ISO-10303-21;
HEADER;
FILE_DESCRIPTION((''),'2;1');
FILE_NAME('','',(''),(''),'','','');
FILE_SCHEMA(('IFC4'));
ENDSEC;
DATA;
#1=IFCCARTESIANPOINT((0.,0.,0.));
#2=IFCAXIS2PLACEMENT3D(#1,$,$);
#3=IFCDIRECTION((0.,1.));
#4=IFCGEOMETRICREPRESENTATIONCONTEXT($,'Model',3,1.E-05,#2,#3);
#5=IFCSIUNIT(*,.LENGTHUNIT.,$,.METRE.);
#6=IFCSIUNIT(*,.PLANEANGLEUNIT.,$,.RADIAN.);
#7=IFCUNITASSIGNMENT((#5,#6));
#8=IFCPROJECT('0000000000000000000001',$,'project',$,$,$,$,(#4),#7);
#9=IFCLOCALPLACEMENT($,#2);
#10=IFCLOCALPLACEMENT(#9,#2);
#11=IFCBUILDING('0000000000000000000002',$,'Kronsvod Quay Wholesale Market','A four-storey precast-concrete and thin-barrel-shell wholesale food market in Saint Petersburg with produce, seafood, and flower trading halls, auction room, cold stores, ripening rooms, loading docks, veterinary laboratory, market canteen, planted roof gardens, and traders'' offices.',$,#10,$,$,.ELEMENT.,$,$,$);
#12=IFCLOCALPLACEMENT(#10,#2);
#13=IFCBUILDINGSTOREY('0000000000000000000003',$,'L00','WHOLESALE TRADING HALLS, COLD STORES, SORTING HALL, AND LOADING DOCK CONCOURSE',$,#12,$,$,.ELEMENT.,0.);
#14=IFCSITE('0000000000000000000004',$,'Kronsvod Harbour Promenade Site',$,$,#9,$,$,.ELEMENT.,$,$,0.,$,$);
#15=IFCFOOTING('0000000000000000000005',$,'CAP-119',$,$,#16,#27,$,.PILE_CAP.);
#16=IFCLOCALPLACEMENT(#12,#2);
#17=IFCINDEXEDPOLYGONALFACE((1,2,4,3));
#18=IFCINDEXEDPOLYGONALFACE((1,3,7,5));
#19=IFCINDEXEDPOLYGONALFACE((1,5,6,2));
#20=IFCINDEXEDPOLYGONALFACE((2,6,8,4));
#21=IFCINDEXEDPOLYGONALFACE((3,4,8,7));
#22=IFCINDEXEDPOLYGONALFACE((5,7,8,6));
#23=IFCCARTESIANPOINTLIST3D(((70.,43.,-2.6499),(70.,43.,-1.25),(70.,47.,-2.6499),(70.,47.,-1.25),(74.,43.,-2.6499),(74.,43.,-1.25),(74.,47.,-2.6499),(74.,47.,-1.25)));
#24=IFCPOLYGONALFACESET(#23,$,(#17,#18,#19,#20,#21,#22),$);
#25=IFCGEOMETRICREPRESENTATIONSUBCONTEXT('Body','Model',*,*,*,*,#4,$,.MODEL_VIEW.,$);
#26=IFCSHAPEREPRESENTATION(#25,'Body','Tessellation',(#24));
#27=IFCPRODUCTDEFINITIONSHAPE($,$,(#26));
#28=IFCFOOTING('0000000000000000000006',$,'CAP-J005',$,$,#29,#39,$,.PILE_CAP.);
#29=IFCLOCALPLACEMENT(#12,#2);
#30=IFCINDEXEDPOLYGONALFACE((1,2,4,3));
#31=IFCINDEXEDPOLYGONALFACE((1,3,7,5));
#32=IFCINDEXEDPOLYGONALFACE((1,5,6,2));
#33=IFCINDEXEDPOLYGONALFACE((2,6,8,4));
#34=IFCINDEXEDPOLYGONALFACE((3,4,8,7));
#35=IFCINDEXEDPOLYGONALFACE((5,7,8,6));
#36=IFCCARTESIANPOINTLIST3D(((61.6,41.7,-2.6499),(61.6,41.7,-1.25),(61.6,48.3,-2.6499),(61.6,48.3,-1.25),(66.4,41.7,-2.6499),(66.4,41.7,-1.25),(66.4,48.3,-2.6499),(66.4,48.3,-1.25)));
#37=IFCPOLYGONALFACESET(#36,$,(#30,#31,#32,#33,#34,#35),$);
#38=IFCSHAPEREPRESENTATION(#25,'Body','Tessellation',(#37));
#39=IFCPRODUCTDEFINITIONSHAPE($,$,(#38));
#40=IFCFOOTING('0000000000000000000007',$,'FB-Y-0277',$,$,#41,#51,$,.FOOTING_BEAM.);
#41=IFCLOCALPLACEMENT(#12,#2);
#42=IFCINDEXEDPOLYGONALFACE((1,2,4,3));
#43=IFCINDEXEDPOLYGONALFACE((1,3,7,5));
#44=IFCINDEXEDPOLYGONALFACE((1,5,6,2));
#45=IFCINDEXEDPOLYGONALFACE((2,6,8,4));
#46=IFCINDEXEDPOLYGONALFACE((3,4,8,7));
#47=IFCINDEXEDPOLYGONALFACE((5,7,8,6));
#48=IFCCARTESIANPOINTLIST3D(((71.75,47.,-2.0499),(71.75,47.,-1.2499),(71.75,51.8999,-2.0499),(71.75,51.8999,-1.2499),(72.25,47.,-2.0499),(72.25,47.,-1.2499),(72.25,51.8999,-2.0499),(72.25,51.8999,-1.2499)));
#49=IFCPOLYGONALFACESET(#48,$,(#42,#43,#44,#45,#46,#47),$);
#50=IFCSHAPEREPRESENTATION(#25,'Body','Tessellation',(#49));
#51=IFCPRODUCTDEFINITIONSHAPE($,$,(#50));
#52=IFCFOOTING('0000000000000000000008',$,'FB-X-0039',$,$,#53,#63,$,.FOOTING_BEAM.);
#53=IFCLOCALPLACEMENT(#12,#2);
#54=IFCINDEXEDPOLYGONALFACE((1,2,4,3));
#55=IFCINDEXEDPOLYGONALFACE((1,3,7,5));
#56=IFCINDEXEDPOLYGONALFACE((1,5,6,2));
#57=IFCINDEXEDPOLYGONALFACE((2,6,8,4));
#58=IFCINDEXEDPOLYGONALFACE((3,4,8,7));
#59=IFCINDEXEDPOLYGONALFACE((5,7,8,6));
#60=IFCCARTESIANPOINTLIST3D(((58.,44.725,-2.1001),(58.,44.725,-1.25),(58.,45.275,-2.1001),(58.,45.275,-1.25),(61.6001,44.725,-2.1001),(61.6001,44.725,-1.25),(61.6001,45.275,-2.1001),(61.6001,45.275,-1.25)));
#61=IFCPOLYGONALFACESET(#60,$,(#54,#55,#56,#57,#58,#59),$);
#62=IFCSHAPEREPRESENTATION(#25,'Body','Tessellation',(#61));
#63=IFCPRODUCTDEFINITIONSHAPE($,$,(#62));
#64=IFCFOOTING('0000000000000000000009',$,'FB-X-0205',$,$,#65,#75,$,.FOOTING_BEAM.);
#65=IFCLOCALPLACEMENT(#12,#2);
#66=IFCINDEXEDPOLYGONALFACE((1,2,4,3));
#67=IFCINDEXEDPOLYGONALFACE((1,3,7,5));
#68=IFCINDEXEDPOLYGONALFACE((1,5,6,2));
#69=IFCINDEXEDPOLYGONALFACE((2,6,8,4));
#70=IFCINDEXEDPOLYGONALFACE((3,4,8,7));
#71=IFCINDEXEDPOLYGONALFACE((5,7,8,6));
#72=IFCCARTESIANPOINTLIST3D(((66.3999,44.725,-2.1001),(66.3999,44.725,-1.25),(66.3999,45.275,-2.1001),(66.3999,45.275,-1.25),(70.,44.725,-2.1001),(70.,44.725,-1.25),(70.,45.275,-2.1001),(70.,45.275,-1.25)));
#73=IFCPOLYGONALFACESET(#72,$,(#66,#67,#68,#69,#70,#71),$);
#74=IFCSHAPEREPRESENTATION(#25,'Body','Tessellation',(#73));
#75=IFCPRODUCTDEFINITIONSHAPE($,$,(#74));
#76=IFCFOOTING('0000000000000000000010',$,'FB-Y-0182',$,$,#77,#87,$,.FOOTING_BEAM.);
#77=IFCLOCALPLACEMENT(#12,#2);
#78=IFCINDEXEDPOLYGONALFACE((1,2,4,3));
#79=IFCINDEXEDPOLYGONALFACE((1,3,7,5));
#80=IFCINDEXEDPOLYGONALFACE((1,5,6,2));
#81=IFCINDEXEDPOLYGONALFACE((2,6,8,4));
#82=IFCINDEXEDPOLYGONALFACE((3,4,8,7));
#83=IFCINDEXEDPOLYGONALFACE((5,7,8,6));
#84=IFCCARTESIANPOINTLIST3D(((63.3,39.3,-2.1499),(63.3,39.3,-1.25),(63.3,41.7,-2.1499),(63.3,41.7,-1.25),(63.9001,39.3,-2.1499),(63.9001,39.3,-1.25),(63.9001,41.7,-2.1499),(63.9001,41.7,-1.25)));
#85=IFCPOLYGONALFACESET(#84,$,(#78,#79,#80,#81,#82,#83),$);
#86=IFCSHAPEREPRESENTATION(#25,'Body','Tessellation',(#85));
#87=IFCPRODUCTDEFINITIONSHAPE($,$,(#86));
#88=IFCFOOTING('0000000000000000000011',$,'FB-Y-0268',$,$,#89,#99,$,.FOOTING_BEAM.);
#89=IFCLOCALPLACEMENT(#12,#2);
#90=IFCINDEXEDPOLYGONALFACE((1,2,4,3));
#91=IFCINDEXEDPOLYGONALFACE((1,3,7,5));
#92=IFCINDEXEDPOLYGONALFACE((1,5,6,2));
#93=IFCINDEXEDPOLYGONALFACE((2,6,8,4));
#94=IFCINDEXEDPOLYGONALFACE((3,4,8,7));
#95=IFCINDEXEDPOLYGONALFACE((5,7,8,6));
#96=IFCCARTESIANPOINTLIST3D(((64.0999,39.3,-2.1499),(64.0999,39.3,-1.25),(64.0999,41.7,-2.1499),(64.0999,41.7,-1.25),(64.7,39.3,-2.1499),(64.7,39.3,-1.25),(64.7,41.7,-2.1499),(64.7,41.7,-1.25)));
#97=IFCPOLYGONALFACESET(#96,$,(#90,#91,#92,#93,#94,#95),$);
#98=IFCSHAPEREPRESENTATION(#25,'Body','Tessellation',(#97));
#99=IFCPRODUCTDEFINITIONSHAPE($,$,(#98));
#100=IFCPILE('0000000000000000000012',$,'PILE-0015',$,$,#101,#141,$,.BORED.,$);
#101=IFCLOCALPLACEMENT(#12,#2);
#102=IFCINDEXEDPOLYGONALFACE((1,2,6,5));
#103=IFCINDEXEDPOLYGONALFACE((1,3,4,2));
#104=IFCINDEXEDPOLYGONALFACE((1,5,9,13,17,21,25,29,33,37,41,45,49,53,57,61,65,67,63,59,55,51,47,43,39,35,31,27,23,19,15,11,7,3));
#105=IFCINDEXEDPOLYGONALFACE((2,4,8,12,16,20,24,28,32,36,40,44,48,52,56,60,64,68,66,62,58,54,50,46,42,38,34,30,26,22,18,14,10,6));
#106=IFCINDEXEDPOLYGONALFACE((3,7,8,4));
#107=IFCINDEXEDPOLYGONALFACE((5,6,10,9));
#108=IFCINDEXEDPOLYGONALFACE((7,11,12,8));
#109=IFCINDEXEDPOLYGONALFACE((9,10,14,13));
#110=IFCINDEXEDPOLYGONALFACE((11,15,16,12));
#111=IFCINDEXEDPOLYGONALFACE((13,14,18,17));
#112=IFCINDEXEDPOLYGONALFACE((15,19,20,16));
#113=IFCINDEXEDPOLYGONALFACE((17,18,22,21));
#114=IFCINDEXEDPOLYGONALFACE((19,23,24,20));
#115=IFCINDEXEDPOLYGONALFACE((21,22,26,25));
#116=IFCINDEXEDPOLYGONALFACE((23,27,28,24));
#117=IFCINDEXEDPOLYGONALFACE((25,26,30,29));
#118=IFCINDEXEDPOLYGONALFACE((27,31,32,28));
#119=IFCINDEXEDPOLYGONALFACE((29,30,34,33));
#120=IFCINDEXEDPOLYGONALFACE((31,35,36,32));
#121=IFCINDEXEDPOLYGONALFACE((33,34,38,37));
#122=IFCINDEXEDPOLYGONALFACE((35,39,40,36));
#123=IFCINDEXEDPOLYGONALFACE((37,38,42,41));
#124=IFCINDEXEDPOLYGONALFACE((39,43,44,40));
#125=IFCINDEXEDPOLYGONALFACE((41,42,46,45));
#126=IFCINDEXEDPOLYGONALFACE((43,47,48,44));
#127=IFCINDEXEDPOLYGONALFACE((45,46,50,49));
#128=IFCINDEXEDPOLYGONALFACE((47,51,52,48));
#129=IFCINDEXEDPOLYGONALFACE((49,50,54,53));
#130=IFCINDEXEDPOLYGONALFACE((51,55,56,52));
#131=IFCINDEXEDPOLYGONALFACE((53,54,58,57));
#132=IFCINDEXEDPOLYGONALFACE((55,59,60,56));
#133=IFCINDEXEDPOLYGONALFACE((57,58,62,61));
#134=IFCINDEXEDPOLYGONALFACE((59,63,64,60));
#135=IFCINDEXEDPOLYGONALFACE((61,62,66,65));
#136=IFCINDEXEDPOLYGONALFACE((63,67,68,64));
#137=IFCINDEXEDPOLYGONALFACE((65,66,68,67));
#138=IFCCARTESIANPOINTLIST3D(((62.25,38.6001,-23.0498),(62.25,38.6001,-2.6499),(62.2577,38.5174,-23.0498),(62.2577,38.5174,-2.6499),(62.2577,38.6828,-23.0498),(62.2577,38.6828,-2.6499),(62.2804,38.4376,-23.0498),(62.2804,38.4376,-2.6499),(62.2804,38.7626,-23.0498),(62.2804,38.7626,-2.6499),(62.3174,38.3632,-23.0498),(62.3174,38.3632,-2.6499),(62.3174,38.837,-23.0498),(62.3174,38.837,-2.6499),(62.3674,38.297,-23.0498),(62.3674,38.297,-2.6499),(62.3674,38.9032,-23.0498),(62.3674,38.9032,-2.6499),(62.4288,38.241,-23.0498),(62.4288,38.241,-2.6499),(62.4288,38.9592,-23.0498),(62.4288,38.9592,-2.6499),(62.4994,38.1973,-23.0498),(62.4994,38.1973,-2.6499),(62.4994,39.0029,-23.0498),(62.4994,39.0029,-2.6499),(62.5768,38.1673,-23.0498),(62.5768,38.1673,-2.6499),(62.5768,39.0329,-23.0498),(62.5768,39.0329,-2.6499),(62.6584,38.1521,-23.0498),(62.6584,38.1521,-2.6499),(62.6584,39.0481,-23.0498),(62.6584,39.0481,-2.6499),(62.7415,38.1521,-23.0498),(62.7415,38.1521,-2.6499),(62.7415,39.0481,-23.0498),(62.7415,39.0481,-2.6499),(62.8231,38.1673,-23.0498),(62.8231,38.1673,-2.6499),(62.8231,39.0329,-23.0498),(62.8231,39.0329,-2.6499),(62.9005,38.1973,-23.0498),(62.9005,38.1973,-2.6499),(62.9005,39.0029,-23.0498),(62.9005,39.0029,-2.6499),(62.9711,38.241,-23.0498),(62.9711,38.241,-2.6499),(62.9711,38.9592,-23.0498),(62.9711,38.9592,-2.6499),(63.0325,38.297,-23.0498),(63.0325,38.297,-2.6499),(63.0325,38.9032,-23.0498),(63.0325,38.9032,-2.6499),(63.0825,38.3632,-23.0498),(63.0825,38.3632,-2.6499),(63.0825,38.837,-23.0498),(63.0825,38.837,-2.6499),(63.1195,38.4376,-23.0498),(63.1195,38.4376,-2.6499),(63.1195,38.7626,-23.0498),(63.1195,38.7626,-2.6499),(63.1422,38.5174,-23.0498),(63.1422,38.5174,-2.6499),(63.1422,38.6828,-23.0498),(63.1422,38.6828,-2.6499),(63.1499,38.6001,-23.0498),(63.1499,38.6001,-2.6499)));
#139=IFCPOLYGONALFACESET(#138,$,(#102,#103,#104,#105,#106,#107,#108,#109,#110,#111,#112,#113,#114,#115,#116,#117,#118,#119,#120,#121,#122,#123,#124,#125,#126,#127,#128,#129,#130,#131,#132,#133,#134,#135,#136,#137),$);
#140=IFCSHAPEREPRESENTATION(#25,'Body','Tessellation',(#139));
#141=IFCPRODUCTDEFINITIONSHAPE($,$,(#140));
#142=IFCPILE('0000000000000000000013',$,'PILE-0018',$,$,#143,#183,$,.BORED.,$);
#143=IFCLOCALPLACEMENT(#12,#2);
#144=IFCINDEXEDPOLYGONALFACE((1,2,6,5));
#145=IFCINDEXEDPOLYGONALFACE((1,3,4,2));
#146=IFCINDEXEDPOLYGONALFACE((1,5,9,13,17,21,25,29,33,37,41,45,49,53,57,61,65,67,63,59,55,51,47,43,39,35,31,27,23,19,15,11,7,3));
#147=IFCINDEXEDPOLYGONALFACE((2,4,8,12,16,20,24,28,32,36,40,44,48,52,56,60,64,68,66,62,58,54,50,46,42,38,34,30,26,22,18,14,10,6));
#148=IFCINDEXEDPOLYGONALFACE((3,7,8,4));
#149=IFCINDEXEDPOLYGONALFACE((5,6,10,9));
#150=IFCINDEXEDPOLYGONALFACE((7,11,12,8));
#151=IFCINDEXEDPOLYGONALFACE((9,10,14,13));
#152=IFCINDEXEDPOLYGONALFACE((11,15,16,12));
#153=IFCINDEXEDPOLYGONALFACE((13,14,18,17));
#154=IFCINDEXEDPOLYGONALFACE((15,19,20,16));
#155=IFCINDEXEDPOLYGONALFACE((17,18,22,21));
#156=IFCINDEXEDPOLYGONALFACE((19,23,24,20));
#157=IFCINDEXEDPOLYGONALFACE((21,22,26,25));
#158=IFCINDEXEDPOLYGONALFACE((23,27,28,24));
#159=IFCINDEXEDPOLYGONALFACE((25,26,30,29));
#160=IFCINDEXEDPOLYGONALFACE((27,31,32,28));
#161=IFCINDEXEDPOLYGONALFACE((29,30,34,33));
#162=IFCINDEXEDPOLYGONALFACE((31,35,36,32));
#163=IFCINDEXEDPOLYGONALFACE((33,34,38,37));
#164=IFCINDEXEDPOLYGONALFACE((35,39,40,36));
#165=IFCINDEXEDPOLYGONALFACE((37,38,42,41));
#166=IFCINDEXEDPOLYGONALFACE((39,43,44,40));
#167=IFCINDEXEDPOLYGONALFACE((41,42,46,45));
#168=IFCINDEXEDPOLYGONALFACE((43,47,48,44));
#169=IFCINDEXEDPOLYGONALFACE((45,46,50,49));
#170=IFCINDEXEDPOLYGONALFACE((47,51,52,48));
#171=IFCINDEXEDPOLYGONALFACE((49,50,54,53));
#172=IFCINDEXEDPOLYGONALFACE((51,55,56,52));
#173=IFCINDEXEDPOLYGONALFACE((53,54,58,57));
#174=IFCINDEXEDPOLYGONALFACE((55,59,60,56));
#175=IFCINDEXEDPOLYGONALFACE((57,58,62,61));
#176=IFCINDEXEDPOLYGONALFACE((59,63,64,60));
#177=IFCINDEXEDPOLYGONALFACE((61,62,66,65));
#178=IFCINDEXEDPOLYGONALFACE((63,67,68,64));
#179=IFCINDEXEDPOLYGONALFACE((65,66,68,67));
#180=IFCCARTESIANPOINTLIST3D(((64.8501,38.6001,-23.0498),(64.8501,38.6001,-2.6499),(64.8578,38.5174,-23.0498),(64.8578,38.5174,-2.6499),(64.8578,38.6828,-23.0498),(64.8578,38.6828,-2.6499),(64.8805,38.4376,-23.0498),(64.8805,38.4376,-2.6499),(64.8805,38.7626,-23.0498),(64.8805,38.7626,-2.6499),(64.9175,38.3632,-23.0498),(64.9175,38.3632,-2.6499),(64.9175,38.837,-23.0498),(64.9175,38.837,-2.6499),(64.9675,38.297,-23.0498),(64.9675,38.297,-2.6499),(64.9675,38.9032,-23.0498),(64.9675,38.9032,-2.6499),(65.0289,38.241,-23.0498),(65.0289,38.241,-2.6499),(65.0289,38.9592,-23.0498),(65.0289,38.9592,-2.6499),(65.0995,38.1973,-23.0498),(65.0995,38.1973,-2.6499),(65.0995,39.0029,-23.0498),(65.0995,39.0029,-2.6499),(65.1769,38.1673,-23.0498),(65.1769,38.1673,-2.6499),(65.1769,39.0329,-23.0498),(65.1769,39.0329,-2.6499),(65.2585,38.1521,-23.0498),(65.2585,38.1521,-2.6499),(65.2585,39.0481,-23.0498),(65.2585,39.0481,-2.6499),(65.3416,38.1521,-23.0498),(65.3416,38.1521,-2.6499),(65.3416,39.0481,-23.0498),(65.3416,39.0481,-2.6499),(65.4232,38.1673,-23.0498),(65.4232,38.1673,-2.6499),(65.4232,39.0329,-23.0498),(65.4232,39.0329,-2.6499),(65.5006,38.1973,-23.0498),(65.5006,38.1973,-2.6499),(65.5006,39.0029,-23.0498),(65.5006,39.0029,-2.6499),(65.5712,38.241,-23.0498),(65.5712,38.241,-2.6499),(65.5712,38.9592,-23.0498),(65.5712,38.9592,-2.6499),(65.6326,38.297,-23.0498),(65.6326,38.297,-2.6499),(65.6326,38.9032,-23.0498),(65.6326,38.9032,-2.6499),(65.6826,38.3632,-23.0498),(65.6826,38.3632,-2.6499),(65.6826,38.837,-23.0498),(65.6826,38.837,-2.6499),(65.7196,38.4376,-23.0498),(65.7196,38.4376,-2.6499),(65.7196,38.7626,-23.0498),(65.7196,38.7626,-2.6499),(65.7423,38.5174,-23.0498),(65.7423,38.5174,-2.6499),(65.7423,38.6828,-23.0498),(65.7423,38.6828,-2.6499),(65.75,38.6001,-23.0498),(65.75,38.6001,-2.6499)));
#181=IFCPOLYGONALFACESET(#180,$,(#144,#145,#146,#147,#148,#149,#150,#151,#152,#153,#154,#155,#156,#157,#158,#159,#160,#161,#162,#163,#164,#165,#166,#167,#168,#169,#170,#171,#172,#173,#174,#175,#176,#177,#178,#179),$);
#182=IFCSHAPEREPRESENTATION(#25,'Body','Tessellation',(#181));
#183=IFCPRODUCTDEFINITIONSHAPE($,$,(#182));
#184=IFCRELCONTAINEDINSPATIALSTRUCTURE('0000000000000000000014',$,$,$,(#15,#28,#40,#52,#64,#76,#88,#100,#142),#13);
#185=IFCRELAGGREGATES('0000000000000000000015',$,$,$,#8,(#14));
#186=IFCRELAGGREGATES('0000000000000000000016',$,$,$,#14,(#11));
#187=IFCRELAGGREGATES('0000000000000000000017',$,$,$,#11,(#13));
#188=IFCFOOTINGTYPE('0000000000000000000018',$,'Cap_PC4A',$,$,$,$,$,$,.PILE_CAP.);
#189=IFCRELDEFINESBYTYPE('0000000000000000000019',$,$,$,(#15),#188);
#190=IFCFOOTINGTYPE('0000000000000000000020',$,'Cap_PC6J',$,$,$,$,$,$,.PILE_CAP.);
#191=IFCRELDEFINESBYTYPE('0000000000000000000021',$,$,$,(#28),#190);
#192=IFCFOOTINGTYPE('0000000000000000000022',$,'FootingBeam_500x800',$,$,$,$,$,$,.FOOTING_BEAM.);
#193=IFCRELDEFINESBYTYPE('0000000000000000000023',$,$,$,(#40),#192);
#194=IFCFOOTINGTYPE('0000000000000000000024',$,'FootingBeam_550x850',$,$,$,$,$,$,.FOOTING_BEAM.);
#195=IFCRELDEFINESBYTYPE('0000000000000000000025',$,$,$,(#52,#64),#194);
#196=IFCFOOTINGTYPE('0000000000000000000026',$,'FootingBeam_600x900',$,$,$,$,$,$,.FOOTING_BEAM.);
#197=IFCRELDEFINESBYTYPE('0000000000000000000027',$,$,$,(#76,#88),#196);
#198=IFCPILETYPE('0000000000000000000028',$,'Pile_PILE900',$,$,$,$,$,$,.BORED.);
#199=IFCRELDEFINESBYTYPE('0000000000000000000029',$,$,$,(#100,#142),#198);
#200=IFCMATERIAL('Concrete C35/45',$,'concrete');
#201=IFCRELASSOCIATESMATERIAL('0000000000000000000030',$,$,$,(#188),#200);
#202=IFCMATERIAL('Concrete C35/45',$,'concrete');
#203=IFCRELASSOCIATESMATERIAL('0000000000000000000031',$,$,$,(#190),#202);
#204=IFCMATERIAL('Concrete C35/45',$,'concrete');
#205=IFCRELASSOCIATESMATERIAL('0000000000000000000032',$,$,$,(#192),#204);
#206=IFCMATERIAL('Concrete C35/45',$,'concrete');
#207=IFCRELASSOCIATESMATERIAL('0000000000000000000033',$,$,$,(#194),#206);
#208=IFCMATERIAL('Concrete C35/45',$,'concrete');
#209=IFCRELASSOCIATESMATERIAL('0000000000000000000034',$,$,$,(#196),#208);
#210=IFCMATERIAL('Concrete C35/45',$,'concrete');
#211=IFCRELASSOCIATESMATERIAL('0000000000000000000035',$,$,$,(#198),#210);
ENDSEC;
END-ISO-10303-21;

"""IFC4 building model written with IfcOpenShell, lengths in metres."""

from ifc_helpers import new_model, si_unit, direction, frame, origin, origin_2d, place, context, subcontext, project, spatial, rectangle, circle, extrude, material, material_profile, profile_set, type_object, element, save


model = new_model("IFC4")

# Units and contexts
model_context = context("Model", 3, precision=1e-05, world=origin(), true_north=direction((0.0, 1.0)))
body_context = subcontext(model_context, "Body", "Model", "MODEL_VIEW")
ifc_project = project(units=[si_unit("LENGTHUNIT", "METRE"), si_unit("PLANEANGLEUNIT", "RADIAN")], contexts=[model_context])

# Site, building, storey
site_placement = place(None, origin())
site = spatial("IfcSite", under=ifc_project, at=site_placement, Name="Kronsvod Harbour Promenade Site", CompositionType="ELEMENT", RefElevation=0.0)
building_placement = place(site_placement, origin())
building = spatial("IfcBuilding", under=site, at=building_placement, Name="Kronsvod Quay Wholesale Market", Description="A four-storey precast-concrete and thin-barrel-shell wholesale food market in Saint Petersburg with produce, seafood, and flower trading halls, auction room, cold stores, ripening rooms, loading docks, veterinary laboratory, market canteen, planted roof gardens, and traders' offices.", CompositionType="ELEMENT")
storey_placement = place(building_placement, origin())
storey = spatial("IfcBuildingStorey", under=building, at=storey_placement, Name="L00", Description="WHOLESALE TRADING HALLS, COLD STORES, SORTING HALL, AND LOADING DOCK CONCOURSE", CompositionType="ELEMENT", Elevation=0.0)

# Footings
ifc_material_1 = material(Name="Concrete C35/45", Category="concrete")
footing_type_1 = type_object("IfcFootingType", Name="Cap_PC4A", PredefinedType="PILE_CAP", material=ifc_material_1)
footing_1_placement = place(storey_placement, frame((72.0, 45.0, -2.6499), z_axis=(0.0, 0.0, 1.0), x_axis=(1.0, 0.0, 0.0)))
element("IfcFooting", 1, at=footing_1_placement, inside=storey, type_object=footing_type_1, Name="CAP-119", PredefinedType="PILE_CAP", context=body_context, shape_type="SweptSolid", body=[
    extrude(rectangle(XDim=4.0, YDim=4.0, at=origin_2d()), origin(), (0.0, 0.0, 1.0), 1.3999),
])
ifc_material_2 = material(Name="Concrete C35/45", Category="concrete")
footing_type_2 = type_object("IfcFootingType", Name="Cap_PC6J", PredefinedType="PILE_CAP", material=ifc_material_2)
footing_2_placement = place(storey_placement, frame((64.0, 45.0, -2.6499), z_axis=(0.0, 0.0, 1.0), x_axis=(1.0, 0.0, 0.0)))
element("IfcFooting", 2, at=footing_2_placement, inside=storey, type_object=footing_type_2, Name="CAP-J005", PredefinedType="PILE_CAP", context=body_context, shape_type="SweptSolid", body=[
    extrude(rectangle(XDim=4.8, YDim=6.6001, at=origin_2d()), origin(), (0.0, 0.0, 1.0), 1.3999),
])
ifc_material_3 = material(Name="Concrete C35/45", Category="concrete")
ifc_material_profile_1 = material_profile(ifc_material_3, rectangle(XDim=0.5, YDim=0.8, at=origin_2d()), Name="FB-01")
ifc_profile_set_1 = profile_set([ifc_material_profile_1], Name="Concrete C35/45")
footing_type_3 = type_object("IfcFootingType", Name="FootingBeam_500x800", PredefinedType="FOOTING_BEAM", material=ifc_profile_set_1)
footing_3_placement = place(storey_placement, frame((72.0, 47.0, -1.6499), z_axis=(0.0, 1.0, 0.0), x_axis=(-1.0, 0.0, 0.0)))
element("IfcFooting", 3, at=footing_3_placement, inside=storey, type_object=footing_type_3, Name="FB-Y-0277", PredefinedType="FOOTING_BEAM", context=body_context, shape_type="SweptSolid", body=[
    extrude(rectangle(XDim=0.5, YDim=0.8, at=origin_2d()), origin(), (0.0, 0.0, 1.0), 4.8999),
])
ifc_material_4 = material(Name="Concrete C35/45", Category="concrete")
ifc_material_profile_2 = material_profile(ifc_material_4, rectangle(XDim=0.55, YDim=0.8501, at=origin_2d()), Name="FB-03")
ifc_profile_set_2 = profile_set([ifc_material_profile_2], Name="Concrete C35/45")
footing_type_4 = type_object("IfcFootingType", Name="FootingBeam_550x850", PredefinedType="FOOTING_BEAM", material=ifc_profile_set_2)
for number, where, z_axis, x_axis, name in (
    (4, (58.0, 45.0, -1.675), (1.0, 0.0, 0.0), (0.0, 1.0, 0.0), "FB-X-0039"),
    (5, (66.3999, 45.0, -1.675), (1.0, 0.0, 0.0), (0.0, 1.0, 0.0), "FB-X-0205"),
):
    element("IfcFooting", number, at=place(storey_placement, frame(where, z_axis=z_axis, x_axis=x_axis)), inside=storey, type_object=footing_type_4, Name=name, PredefinedType="FOOTING_BEAM", context=body_context, shape_type="SweptSolid", body=[
        extrude(rectangle(XDim=0.55, YDim=0.8501, at=origin_2d()), origin(), (0.0, 0.0, 1.0), 3.6001),
    ])
ifc_material_5 = material(Name="Concrete C35/45", Category="concrete")
ifc_material_profile_3 = material_profile(ifc_material_5, rectangle(XDim=0.6001, YDim=0.8999, at=origin_2d()), Name="FB-02")
ifc_profile_set_3 = profile_set([ifc_material_profile_3], Name="Concrete C35/45")
footing_type_5 = type_object("IfcFootingType", Name="FootingBeam_600x900", PredefinedType="FOOTING_BEAM", material=ifc_profile_set_3)
for number, where, z_axis, x_axis, name in (
    (6, (63.6001, 39.3, -1.7), (0.0, 1.0, 0.0), (-1.0, 0.0, 0.0), "FB-Y-0182"),
    (7, (64.3999, 39.3, -1.7), (0.0, 1.0, 0.0), (-1.0, 0.0, 0.0), "FB-Y-0268"),
):
    element("IfcFooting", number, at=place(storey_placement, frame(where, z_axis=z_axis, x_axis=x_axis)), inside=storey, type_object=footing_type_5, Name=name, PredefinedType="FOOTING_BEAM", context=body_context, shape_type="SweptSolid", body=[
        extrude(rectangle(XDim=0.6001, YDim=0.8999, at=origin_2d()), origin(), (0.0, 0.0, 1.0), 2.3999),
    ])

# Piles
ifc_material_6 = material(Name="Concrete C35/45", Category="concrete")
ifc_material_profile_4 = material_profile(ifc_material_6, circle(Radius=0.45, at=origin_2d()), Name="PILE900")
ifc_profile_set_4 = profile_set([ifc_material_profile_4], Name="Concrete C35/45")
pile_type = type_object("IfcPileType", Name="Pile_PILE900", PredefinedType="BORED", material=ifc_profile_set_4)
for number, where, z_axis, x_axis, name in (
    (8, (62.7, 38.6001, -2.6499), (0.0, 0.0, -1.0), (1.0, 0.0, 0.0), "PILE-0015"),
    (9, (65.3, 38.6001, -2.6499), (0.0, 0.0, -1.0), (1.0, 0.0, 0.0), "PILE-0018"),
):
    element("IfcPile", number, at=place(storey_placement, frame(where, z_axis=z_axis, x_axis=x_axis)), inside=storey, type_object=pile_type, Name=name, PredefinedType="BORED", context=body_context, shape_type="SweptSolid", body=[
        extrude(circle(Radius=0.45, at=origin_2d()), origin(), (0.0, 0.0, 1.0), 20.3999),
    ])

save(model, "model.ifc")
